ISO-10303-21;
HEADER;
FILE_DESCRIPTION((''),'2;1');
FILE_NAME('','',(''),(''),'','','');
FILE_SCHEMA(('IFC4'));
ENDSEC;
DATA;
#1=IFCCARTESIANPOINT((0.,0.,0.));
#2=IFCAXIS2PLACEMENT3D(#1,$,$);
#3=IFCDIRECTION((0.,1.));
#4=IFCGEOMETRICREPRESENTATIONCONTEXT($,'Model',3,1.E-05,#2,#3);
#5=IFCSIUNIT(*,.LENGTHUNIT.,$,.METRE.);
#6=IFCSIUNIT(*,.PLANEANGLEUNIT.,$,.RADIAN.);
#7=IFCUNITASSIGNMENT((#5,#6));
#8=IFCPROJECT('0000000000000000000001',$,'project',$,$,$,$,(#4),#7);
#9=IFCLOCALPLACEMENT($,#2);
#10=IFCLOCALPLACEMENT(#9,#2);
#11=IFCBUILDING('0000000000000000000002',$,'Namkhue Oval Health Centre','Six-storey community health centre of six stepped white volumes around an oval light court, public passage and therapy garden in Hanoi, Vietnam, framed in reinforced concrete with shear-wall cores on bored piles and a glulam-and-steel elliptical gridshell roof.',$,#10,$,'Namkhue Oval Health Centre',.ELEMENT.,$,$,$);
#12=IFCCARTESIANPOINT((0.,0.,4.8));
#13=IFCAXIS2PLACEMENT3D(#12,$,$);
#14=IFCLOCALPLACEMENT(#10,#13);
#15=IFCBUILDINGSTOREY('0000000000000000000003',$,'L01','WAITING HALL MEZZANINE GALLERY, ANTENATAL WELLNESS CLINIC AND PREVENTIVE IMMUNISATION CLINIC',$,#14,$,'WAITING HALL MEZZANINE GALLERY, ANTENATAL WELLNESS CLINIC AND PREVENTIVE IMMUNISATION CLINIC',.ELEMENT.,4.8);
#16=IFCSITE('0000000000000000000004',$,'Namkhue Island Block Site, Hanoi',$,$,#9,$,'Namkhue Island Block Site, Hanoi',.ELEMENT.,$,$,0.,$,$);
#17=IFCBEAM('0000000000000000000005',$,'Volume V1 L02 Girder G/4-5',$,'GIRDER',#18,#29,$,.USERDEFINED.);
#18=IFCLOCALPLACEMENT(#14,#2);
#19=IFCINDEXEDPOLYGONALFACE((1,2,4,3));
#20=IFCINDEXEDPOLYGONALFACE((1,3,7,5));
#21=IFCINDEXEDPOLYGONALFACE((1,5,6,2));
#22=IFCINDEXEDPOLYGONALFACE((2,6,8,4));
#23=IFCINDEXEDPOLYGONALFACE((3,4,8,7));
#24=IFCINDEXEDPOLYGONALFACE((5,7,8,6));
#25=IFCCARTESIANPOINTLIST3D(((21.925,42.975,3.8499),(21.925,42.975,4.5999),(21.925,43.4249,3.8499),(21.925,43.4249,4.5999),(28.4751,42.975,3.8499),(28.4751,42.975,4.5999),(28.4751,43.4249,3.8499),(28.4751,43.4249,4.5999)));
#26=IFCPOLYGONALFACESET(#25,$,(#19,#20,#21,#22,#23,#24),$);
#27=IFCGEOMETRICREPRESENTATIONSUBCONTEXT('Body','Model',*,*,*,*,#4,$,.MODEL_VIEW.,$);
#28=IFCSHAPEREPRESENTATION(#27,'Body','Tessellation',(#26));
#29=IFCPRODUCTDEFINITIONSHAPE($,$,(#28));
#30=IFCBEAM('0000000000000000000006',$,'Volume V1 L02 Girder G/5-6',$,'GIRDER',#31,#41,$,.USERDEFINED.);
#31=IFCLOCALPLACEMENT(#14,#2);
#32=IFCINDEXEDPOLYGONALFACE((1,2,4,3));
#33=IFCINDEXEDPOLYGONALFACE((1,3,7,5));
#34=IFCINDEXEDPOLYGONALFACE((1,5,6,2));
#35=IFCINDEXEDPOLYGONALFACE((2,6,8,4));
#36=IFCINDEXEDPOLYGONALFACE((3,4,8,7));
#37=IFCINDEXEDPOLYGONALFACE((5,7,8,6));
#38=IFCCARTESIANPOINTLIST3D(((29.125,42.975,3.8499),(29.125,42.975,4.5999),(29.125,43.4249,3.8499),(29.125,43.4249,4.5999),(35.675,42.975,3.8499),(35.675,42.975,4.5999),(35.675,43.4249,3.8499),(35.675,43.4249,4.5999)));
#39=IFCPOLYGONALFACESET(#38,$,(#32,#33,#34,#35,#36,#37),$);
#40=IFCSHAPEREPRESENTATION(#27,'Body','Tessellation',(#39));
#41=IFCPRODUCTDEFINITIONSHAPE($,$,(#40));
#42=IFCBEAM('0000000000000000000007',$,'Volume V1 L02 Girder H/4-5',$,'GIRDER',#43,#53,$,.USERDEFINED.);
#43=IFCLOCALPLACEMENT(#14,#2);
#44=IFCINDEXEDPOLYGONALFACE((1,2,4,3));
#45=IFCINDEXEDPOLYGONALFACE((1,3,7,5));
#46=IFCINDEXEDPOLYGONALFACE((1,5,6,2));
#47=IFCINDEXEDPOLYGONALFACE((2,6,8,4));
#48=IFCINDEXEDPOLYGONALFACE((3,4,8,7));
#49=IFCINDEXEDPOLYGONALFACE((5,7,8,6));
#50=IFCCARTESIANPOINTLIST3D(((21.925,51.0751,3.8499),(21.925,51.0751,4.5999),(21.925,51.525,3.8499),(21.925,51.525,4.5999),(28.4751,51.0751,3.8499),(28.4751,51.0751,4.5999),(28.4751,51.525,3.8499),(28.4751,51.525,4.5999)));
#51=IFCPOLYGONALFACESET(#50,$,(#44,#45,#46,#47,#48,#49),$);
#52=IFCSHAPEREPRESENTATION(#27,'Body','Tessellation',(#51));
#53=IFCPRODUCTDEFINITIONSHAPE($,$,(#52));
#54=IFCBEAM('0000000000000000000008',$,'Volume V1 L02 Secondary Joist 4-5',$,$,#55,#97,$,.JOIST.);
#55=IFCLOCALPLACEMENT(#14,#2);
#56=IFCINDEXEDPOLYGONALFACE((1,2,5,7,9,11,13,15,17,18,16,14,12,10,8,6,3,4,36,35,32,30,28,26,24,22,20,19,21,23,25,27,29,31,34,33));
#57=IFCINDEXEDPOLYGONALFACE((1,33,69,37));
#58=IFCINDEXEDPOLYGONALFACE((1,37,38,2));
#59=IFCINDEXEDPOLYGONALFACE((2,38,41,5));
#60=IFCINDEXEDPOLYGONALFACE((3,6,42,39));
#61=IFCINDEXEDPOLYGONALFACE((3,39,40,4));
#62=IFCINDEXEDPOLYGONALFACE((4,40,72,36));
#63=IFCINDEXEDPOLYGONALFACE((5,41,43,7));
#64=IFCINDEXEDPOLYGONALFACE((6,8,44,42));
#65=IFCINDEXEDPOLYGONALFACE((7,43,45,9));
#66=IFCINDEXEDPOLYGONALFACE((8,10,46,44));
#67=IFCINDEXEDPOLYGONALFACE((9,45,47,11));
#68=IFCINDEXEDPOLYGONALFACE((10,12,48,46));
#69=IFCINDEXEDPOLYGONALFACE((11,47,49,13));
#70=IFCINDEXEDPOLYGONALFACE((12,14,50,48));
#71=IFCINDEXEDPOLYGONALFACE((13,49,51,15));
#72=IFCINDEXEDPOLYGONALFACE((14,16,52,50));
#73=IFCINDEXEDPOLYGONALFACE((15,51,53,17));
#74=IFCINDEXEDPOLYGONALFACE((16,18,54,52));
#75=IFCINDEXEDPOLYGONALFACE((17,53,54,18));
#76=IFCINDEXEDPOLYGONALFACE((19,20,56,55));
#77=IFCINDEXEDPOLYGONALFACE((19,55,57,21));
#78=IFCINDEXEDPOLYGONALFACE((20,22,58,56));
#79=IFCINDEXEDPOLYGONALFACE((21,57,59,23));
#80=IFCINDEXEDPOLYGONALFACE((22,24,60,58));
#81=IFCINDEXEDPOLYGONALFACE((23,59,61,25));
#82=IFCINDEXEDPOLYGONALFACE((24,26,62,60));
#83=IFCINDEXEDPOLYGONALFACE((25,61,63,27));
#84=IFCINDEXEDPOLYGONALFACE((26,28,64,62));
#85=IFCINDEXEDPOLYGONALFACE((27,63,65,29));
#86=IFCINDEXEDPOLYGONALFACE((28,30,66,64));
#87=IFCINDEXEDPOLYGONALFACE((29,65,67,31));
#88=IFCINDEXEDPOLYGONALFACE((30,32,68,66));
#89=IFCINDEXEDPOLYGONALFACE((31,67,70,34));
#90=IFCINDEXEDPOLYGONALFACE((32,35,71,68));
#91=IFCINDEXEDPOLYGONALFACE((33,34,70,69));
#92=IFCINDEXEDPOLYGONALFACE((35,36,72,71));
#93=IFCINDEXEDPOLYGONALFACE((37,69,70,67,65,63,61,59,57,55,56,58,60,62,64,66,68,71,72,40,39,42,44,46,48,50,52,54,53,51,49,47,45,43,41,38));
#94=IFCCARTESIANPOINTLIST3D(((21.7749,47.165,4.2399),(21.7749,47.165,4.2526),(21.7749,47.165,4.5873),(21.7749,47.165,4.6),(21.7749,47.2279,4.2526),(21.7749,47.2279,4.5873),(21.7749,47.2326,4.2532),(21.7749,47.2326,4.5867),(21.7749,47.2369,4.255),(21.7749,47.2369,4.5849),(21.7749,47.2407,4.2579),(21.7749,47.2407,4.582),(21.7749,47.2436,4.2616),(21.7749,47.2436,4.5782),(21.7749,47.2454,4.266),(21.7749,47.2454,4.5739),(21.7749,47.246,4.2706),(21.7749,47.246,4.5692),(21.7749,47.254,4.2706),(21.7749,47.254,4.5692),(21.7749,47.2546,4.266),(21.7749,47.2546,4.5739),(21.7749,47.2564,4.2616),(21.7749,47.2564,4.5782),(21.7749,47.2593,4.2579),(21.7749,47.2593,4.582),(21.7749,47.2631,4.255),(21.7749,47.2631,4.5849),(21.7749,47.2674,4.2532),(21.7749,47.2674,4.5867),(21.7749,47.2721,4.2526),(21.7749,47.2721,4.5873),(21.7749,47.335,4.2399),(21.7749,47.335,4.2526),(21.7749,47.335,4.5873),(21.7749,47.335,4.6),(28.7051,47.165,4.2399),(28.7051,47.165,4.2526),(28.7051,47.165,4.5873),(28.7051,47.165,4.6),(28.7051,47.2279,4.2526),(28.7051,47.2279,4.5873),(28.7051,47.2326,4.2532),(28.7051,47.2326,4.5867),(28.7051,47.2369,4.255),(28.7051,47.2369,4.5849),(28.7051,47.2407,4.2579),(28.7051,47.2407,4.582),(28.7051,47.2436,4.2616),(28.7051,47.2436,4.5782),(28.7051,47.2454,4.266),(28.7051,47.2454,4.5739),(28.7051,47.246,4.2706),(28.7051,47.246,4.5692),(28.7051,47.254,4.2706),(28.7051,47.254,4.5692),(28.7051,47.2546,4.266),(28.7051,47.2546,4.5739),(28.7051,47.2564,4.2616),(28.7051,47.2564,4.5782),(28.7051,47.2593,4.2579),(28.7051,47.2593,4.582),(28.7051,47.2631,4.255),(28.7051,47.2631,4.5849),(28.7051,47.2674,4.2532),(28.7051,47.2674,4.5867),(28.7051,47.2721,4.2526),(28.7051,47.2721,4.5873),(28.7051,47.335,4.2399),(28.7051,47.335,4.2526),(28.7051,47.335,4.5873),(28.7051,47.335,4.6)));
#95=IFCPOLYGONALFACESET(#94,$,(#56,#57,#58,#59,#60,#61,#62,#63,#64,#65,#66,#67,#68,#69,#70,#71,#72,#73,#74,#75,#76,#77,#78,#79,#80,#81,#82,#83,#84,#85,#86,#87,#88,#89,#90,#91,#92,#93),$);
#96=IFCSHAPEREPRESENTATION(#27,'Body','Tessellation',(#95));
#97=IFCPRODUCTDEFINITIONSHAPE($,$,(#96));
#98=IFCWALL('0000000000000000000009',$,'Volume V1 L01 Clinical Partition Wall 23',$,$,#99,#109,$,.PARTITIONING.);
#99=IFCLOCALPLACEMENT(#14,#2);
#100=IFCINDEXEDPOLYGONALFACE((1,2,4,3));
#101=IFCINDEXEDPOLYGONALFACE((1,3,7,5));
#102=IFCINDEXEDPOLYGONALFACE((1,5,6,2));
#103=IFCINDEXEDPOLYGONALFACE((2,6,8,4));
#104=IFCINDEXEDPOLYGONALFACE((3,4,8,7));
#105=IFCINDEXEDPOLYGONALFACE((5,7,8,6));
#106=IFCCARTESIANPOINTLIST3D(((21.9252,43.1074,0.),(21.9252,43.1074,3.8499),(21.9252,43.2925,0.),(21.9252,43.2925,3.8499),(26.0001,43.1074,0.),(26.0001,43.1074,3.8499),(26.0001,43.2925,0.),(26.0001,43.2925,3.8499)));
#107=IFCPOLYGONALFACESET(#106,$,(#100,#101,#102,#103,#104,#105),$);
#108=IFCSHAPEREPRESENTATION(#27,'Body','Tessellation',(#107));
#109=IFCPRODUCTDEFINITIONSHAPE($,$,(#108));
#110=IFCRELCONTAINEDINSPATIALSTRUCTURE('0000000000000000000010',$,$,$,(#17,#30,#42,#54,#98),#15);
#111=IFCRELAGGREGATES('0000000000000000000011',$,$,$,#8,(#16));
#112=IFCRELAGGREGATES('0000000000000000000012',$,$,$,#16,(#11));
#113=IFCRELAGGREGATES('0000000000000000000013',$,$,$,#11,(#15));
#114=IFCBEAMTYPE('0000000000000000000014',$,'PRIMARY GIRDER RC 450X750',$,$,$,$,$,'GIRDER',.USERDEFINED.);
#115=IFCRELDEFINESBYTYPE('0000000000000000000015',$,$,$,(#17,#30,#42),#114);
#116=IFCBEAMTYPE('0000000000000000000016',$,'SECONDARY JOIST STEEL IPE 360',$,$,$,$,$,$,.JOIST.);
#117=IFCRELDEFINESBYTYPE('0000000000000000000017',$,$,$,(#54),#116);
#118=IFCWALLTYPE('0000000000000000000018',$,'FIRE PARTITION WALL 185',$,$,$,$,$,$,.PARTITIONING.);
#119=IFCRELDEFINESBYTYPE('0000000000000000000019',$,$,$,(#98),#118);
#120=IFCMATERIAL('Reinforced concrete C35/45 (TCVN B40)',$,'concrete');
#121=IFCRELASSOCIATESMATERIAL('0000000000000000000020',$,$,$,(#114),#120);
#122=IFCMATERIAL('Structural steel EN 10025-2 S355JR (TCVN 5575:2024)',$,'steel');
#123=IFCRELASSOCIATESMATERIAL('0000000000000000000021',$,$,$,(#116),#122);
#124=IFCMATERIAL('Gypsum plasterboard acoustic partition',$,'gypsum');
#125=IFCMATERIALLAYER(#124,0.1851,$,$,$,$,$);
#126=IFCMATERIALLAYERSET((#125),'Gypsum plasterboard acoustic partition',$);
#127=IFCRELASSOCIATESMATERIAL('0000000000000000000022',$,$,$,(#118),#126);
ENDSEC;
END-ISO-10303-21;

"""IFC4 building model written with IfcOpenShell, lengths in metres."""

from ifc_helpers import new_model, si_unit, direction, frame, frame_2d, origin, origin_2d, place, context, subcontext, project, spatial, rectangle, i_section, extrude, material, layer, layer_set, material_profile, profile_set, type_object, element, save


model = new_model("IFC4")

# Units and contexts
model_context = context("Model", 3, precision=1e-05, world=origin(), true_north=direction((0.0, 1.0)))
body_context = subcontext(model_context, "Body", "Model", "MODEL_VIEW")
ifc_project = project(units=[si_unit("LENGTHUNIT", "METRE"), si_unit("PLANEANGLEUNIT", "RADIAN")], contexts=[model_context])

# Site, building, storey
site_placement = place(None, origin())
site = spatial("IfcSite", under=ifc_project, at=site_placement, Name="Namkhue Island Block Site, Hanoi", LongName="Namkhue Island Block Site, Hanoi", CompositionType="ELEMENT", RefElevation=0.0)
building_placement = place(site_placement, origin())
building = spatial("IfcBuilding", under=site, at=building_placement, Name="Namkhue Oval Health Centre", Description="Six-storey community health centre of six stepped white volumes around an oval light court, public passage and therapy garden in Hanoi, Vietnam, framed in reinforced concrete with shear-wall cores on bored piles and a glulam-and-steel elliptical gridshell roof.", LongName="Namkhue Oval Health Centre", CompositionType="ELEMENT")
storey_placement = place(building_placement, frame((0.0, 0.0, 4.8)))
storey = spatial("IfcBuildingStorey", under=building, at=storey_placement, Name="L01", Description="WAITING HALL MEZZANINE GALLERY, ANTENATAL WELLNESS CLINIC AND PREVENTIVE IMMUNISATION CLINIC", LongName="WAITING HALL MEZZANINE GALLERY, ANTENATAL WELLNESS CLINIC AND PREVENTIVE IMMUNISATION CLINIC", CompositionType="ELEMENT", Elevation=4.8)

# Shared definitions
ifc_material_1 = material(Name="Reinforced concrete C35/45 (TCVN B40)", Category="concrete")

# Beams
ifc_material_2 = material(Name="Structural steel EN 10025-2 S355JR (TCVN 5575:2024)", Category="steel")
ifc_material_profile_1 = material_profile(ifc_material_1, rectangle(XDim=0.45, YDim=0.75, at=origin_2d()), Name="RC 450x750")
ifc_profile_set_1 = profile_set([ifc_material_profile_1], Name="Reinforced concrete C35/45 (TCVN B40)")
beam_type_1 = type_object("IfcBeamType", Name="PRIMARY GIRDER RC 450X750", ElementType="GIRDER", PredefinedType="USERDEFINED", material=ifc_profile_set_1)
for number, where, z_axis, x_axis, name in (
    (1, (21.925, 43.2, 4.2249), (1.0, 0.0, 0.0), (0.0, 1.0, 0.0), "Volume V1 L02 Girder G/4-5"),
    (2, (29.125, 43.2, 4.2249), (1.0, 0.0, 0.0), (0.0, 1.0, 0.0), "Volume V1 L02 Girder G/5-6"),
    (3, (21.925, 51.3, 4.2249), (1.0, 0.0, 0.0), (0.0, 1.0, 0.0), "Volume V1 L02 Girder H/4-5"),
):
    element("IfcBeam", number, at=place(storey_placement, frame(where, z_axis=z_axis, x_axis=x_axis)), inside=storey, type_object=beam_type_1, Name=name, ObjectType="GIRDER", PredefinedType="USERDEFINED", context=body_context, shape_type="SweptSolid", body=[
        extrude(rectangle(XDim=0.45, YDim=0.75, at=origin_2d()), origin(), (0.0, 0.0, 1.0), 6.55),
    ])
ifc_material_profile_2 = material_profile(ifc_material_2, i_section(OverallWidth=0.1699, OverallDepth=0.3601, WebThickness=0.0081, FlangeThickness=0.0127, FilletRadius=0.0181, at=origin_2d()), Name="IPE 360")
ifc_profile_set_2 = profile_set([ifc_material_profile_2], Name="Structural steel EN 10025-2 S355JR (TCVN 5575:2024)")
beam_type_2 = type_object("IfcBeamType", Name="SECONDARY JOIST STEEL IPE 360", PredefinedType="JOIST", material=ifc_profile_set_2)
beam_1_placement = place(storey_placement, frame((21.7749, 47.25, 4.4199), z_axis=(1.0, 0.0, 0.0), x_axis=(0.0, 1.0, 0.0)))
element("IfcBeam", 4, at=beam_1_placement, inside=storey, type_object=beam_type_2, Name="Volume V1 L02 Secondary Joist 4-5", PredefinedType="JOIST", context=body_context, shape_type="SweptSolid", body=[
    extrude(i_section(OverallWidth=0.1699, OverallDepth=0.3601, WebThickness=0.0081, FlangeThickness=0.0127, FilletRadius=0.0181, at=origin_2d()), origin(), (0.0, 0.0, 1.0), 6.9302),
])

# Wall
ifc_material_3 = material(Name="Gypsum plasterboard acoustic partition", Category="gypsum")
ifc_layer_1 = layer(ifc_material_3, 0.1851)
ifc_layer_set_1 = layer_set([ifc_layer_1], Name="Gypsum plasterboard acoustic partition")
wall_type_1 = type_object("IfcWallType", Name="FIRE PARTITION WALL 185", PredefinedType="PARTITIONING", material=ifc_layer_set_1)
wall_1_placement = place(storey_placement, frame((21.925, 43.2, 0.0), z_axis=(0.0, 0.0, 1.0), x_axis=(1.0, 0.0, 0.0)))
element("IfcWall", 5, at=wall_1_placement, inside=storey, type_object=wall_type_1, Name="Volume V1 L01 Clinical Partition Wall 23", PredefinedType="PARTITIONING", context=body_context, shape_type="SweptSolid", body=[
    extrude(rectangle(XDim=4.075, YDim=0.1851, at=frame_2d((2.0376, 0.0))), origin(), (0.0, 0.0, 1.0), 3.8499),
])

save(model, "model.ifc")
